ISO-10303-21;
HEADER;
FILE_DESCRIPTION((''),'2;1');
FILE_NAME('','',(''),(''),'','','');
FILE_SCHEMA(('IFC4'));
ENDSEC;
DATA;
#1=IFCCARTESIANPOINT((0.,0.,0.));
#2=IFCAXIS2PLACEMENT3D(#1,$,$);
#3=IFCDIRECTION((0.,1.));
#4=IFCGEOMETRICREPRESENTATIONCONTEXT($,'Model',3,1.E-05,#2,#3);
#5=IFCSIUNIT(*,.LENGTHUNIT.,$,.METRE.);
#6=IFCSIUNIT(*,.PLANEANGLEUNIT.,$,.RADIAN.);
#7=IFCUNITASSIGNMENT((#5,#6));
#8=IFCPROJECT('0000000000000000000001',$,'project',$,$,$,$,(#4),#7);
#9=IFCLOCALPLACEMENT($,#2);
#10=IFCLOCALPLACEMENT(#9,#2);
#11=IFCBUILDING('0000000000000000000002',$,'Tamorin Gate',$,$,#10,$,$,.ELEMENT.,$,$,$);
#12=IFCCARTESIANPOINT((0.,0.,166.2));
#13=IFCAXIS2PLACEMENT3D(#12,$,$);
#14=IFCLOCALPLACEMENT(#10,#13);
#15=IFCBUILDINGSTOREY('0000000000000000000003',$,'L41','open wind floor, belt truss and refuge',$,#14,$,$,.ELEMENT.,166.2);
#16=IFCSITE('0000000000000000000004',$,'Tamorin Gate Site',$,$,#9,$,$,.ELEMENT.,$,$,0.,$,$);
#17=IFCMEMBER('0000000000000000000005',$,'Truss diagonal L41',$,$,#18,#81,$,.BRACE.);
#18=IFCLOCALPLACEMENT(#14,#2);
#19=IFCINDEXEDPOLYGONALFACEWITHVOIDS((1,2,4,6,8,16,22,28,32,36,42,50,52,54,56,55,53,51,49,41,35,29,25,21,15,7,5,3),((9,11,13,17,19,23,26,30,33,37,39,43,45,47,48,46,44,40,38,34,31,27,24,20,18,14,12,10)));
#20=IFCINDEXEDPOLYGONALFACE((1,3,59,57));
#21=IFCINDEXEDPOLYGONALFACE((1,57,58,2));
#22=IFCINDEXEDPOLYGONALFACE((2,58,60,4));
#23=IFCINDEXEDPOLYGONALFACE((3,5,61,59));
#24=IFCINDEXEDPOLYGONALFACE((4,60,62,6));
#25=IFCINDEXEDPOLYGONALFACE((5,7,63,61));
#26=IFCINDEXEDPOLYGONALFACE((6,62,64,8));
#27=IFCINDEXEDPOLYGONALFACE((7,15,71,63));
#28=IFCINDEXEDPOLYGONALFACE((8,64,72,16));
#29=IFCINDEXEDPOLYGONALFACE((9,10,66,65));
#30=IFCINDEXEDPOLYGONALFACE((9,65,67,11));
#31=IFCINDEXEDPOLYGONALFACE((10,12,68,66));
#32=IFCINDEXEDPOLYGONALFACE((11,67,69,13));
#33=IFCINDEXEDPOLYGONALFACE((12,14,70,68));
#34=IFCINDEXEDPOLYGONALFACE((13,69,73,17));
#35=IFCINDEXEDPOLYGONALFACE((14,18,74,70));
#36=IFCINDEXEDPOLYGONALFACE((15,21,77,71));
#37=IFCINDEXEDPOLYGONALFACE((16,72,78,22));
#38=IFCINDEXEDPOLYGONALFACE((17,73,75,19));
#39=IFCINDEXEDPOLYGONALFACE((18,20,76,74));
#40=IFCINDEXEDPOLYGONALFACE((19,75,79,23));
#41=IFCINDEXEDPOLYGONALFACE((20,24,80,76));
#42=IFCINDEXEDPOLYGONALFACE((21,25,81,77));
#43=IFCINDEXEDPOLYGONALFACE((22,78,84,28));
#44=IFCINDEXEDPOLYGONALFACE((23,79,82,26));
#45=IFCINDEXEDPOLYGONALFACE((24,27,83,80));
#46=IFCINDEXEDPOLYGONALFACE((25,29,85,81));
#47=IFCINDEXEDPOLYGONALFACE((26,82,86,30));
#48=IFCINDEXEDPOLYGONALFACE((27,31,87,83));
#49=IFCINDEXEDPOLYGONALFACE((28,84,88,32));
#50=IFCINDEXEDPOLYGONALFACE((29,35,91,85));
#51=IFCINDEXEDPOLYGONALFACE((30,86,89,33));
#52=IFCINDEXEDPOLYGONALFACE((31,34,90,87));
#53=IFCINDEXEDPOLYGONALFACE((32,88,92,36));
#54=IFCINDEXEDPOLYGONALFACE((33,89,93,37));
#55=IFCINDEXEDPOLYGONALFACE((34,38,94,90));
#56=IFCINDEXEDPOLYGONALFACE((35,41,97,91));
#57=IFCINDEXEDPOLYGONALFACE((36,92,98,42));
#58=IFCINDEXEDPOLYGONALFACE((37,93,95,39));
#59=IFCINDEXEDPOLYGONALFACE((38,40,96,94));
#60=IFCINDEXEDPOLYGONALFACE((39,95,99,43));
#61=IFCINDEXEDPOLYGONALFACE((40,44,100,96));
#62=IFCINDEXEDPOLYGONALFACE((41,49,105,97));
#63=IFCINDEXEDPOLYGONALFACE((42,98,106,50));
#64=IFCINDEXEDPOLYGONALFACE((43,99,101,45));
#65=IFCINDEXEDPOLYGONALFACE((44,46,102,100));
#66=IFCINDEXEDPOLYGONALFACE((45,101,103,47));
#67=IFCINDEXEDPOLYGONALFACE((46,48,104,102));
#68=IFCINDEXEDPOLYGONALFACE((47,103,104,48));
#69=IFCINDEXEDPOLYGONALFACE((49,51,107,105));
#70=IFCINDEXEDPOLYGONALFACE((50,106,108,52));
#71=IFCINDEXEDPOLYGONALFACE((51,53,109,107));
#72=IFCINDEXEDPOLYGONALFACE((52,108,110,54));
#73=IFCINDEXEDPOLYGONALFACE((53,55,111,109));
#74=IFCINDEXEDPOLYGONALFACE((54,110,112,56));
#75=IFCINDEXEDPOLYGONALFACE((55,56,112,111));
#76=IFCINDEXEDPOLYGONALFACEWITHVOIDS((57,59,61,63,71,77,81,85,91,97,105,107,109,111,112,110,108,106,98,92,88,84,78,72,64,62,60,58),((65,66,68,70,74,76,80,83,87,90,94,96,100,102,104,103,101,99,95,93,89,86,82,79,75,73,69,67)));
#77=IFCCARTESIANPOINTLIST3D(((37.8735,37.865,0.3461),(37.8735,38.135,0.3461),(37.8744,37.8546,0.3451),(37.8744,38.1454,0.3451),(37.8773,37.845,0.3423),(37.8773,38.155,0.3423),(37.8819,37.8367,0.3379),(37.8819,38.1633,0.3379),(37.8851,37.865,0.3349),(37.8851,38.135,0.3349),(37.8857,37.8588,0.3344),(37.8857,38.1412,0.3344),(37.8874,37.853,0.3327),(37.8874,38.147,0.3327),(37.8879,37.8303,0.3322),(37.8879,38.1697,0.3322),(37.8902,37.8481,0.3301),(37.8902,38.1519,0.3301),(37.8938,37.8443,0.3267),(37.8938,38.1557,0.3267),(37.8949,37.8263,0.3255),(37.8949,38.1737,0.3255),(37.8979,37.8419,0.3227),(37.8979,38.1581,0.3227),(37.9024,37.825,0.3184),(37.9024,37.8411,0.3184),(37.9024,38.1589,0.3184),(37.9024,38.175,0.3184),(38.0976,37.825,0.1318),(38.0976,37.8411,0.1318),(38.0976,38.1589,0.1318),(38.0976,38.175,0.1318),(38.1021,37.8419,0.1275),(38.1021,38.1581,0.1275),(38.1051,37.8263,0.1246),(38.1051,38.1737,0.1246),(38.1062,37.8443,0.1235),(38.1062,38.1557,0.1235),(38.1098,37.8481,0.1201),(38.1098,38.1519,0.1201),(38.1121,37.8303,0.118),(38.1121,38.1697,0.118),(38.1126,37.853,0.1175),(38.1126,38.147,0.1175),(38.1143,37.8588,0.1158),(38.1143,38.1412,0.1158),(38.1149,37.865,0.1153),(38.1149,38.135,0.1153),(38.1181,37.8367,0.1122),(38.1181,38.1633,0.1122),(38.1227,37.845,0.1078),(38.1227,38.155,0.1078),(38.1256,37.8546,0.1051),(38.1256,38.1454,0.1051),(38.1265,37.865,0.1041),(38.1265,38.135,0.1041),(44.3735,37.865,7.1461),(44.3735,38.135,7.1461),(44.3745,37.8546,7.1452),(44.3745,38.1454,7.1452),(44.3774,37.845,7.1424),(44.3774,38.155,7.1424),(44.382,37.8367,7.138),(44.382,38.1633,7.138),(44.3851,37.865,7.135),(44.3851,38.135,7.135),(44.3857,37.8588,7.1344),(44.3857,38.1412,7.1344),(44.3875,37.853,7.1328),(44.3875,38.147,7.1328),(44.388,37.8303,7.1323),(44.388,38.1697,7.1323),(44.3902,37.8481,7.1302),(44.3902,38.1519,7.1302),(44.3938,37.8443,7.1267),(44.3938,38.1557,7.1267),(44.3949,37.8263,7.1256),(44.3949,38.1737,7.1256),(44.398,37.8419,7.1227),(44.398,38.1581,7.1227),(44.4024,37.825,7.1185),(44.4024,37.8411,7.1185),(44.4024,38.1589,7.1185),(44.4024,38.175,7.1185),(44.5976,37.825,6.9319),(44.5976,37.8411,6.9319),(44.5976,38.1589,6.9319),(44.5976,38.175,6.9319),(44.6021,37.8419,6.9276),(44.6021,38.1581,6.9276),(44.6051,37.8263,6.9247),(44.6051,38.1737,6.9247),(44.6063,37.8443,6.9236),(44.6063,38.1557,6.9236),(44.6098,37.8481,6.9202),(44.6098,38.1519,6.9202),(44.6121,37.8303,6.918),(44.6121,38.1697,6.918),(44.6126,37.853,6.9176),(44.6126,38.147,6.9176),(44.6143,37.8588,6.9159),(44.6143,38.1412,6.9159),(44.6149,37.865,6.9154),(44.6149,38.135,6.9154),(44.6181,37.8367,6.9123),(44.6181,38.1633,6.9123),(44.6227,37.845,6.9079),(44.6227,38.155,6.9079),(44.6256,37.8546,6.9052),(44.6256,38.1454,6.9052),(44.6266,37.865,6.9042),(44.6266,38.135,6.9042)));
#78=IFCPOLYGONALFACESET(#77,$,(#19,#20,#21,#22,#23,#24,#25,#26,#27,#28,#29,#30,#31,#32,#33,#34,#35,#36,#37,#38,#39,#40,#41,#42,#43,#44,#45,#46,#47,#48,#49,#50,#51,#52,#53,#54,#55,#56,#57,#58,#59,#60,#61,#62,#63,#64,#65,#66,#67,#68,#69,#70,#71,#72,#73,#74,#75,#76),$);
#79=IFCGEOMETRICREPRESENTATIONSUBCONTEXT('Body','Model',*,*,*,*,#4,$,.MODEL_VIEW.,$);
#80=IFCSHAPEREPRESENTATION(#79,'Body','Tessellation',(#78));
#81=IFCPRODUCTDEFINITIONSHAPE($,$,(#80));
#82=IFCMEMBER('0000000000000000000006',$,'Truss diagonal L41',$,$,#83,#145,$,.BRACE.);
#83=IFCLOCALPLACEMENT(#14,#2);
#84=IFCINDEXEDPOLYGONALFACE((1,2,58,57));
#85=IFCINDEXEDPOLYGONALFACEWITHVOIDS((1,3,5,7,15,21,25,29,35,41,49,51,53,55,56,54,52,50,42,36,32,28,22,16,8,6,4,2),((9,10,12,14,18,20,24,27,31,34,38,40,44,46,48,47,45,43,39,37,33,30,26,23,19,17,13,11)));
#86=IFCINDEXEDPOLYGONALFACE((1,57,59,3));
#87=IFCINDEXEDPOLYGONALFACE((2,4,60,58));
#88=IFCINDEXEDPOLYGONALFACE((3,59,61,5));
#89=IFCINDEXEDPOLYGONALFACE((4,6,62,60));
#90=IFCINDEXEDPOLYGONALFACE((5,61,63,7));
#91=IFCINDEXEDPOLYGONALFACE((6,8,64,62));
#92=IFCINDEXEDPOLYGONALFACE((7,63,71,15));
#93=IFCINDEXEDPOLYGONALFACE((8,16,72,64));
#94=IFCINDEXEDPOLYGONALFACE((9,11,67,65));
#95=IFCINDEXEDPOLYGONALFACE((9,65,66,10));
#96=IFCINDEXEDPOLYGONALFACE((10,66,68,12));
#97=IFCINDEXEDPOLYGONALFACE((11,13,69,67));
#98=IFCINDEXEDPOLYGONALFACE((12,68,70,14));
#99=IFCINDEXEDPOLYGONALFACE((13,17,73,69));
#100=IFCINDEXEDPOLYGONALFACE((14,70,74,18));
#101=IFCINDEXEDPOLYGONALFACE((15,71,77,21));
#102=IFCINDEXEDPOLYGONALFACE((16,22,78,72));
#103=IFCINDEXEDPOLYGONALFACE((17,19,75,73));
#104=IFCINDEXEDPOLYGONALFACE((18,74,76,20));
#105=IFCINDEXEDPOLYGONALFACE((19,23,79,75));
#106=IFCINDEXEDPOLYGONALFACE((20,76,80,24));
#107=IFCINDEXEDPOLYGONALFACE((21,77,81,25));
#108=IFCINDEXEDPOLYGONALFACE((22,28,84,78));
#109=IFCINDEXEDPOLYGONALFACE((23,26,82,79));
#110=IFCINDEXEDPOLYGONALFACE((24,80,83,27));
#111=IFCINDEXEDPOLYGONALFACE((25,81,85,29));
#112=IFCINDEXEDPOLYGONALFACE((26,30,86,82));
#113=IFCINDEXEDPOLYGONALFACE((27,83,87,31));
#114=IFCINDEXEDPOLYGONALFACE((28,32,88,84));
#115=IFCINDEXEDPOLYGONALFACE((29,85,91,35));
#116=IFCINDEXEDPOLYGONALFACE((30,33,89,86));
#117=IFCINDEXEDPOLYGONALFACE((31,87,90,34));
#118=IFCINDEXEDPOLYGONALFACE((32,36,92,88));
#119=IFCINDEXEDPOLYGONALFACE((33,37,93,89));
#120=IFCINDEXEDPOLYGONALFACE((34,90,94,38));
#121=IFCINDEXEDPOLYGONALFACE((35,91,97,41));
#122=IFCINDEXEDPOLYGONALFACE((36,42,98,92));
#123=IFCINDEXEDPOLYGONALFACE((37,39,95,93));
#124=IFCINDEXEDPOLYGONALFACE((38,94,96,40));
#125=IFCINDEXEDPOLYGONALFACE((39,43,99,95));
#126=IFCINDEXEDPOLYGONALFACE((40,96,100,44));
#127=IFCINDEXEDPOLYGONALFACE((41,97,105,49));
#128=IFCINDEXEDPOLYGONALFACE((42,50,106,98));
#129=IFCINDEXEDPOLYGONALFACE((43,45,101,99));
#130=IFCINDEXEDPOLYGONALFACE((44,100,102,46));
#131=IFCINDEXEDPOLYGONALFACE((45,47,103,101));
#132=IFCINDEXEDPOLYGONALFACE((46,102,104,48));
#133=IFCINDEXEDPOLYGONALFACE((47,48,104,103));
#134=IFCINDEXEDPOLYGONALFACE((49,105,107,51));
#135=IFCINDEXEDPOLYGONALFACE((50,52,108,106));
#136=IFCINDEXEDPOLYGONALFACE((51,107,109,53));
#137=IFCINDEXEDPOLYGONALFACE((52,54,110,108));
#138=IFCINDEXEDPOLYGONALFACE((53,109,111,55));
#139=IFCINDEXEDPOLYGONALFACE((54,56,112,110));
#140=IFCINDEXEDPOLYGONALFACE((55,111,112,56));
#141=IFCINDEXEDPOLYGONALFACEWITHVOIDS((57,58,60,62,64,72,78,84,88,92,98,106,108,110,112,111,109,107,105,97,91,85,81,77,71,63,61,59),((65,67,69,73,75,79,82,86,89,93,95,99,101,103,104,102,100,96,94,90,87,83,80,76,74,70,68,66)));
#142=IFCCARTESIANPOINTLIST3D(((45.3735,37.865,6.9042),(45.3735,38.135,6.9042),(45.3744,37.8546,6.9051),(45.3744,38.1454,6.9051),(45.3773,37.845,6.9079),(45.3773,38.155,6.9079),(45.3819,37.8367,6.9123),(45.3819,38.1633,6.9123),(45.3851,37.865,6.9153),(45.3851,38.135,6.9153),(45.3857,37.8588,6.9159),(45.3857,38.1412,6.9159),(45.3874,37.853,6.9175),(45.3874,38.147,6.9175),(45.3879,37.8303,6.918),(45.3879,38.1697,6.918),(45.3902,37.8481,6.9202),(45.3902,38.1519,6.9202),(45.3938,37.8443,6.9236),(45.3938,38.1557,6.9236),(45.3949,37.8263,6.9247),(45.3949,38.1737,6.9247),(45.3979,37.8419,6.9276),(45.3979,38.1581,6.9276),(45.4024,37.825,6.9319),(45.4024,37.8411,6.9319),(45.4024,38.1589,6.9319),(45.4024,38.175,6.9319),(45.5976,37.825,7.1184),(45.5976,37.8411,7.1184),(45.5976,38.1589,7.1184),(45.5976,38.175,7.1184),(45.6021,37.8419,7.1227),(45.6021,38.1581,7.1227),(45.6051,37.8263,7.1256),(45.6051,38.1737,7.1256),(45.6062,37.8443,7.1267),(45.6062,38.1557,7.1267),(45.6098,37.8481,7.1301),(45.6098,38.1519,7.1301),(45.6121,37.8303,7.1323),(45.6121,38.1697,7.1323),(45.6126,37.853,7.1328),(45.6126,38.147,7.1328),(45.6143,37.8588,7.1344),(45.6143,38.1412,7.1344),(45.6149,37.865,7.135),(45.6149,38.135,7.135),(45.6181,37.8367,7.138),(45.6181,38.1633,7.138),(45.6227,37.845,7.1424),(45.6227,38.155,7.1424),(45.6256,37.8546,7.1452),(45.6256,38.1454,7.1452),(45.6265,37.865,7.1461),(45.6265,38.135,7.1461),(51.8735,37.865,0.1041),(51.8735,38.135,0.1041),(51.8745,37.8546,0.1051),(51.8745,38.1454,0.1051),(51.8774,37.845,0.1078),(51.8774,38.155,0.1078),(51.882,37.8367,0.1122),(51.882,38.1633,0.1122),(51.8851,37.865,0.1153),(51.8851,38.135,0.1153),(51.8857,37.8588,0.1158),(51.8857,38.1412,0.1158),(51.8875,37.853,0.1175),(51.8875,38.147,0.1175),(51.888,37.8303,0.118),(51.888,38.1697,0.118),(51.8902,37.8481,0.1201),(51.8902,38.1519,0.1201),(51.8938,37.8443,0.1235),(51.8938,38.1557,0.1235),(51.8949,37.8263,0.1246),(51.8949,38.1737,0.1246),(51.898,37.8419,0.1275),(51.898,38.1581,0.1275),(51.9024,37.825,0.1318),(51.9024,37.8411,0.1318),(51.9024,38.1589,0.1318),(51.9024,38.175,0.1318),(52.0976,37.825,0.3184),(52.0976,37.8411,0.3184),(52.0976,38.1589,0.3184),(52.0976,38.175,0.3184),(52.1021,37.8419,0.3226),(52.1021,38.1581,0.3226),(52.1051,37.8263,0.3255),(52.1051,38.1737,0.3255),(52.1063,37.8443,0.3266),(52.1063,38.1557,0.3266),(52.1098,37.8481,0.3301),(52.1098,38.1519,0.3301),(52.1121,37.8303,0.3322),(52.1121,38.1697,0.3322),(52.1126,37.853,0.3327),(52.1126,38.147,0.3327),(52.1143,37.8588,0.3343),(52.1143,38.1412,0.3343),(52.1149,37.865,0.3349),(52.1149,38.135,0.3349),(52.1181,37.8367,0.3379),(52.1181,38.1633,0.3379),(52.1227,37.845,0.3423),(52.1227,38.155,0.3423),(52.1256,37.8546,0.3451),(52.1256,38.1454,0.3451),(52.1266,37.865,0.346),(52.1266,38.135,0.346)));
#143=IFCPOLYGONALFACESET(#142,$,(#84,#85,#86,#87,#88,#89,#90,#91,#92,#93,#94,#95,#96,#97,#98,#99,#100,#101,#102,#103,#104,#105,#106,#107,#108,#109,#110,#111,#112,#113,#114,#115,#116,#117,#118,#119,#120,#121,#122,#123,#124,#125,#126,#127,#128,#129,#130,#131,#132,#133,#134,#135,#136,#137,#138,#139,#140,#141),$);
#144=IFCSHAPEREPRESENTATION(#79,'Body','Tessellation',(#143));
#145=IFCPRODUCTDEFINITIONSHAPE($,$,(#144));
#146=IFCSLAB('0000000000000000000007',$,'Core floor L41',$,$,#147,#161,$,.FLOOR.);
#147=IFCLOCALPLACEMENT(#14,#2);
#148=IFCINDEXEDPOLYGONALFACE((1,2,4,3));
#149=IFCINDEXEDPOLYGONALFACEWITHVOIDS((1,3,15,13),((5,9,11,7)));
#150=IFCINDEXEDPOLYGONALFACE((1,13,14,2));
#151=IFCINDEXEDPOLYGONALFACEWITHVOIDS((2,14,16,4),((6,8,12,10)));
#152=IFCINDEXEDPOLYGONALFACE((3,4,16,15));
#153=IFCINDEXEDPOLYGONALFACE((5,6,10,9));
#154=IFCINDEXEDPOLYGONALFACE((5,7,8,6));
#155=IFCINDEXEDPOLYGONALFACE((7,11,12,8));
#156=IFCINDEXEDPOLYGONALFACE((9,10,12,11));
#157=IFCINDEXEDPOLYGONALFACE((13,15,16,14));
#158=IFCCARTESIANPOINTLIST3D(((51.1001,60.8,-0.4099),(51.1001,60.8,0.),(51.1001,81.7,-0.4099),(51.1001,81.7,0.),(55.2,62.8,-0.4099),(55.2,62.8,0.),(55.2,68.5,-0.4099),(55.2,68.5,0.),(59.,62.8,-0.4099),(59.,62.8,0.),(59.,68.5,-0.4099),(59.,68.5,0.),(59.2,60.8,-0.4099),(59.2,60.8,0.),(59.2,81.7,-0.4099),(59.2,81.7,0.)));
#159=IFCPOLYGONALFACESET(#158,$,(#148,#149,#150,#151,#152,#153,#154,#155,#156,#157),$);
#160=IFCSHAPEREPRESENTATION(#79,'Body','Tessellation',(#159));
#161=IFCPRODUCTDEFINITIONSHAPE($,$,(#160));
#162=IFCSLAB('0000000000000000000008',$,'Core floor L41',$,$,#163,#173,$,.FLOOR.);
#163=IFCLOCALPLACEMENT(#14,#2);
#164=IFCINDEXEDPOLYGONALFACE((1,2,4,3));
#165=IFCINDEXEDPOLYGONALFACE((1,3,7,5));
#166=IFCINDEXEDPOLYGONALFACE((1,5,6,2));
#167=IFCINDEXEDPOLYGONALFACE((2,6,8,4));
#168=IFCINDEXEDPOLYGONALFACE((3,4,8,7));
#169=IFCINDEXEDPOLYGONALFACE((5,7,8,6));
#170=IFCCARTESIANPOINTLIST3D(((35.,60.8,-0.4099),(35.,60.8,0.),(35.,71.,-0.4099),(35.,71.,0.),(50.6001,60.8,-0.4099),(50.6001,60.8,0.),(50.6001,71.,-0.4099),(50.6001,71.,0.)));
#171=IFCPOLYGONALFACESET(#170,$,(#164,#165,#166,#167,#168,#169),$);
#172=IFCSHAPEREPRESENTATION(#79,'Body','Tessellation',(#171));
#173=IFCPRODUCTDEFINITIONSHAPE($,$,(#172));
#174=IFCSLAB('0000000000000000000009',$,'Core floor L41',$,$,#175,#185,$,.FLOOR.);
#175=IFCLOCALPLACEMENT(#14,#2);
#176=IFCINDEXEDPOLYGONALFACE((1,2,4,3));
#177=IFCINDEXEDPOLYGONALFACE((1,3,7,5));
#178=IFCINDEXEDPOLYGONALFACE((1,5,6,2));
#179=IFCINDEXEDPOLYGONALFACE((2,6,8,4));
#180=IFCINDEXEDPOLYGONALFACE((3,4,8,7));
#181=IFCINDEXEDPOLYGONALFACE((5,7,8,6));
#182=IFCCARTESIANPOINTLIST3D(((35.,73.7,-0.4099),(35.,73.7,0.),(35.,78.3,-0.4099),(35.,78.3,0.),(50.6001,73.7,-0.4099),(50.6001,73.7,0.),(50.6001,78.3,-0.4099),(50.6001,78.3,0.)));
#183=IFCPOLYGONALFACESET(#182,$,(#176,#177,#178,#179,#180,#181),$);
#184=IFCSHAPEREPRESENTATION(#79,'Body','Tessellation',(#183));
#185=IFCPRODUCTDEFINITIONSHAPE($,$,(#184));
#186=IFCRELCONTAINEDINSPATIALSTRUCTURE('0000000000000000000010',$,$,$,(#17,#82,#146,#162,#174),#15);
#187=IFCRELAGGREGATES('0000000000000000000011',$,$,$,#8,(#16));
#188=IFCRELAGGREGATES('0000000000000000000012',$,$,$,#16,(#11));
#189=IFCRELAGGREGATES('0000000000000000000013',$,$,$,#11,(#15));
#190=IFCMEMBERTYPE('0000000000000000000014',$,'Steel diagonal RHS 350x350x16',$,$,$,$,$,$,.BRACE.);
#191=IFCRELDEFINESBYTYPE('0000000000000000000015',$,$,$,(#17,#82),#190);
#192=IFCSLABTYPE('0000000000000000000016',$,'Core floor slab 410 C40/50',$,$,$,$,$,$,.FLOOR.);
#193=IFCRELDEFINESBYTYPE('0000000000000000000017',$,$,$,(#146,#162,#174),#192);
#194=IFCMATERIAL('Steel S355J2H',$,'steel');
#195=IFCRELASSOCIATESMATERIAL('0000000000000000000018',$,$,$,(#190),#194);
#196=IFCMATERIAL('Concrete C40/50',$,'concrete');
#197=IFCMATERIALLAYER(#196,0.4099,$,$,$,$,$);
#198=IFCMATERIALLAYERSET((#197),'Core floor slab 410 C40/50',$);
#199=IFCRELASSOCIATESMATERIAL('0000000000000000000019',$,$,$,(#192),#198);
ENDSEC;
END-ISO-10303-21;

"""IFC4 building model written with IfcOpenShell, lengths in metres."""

from ifc_helpers import new_model, si_unit, direction, frame, origin, origin_2d, place, context, subcontext, project, spatial, polyline, hollow_rectangle, outline, extrude, material, layer, layer_set, material_profile, profile_set, type_object, element, save


model = new_model("IFC4")

# Units and contexts
model_context = context("Model", 3, precision=1e-05, world=origin(), true_north=direction((0.0, 1.0)))
body_context = subcontext(model_context, "Body", "Model", "MODEL_VIEW")
ifc_project = project(units=[si_unit("LENGTHUNIT", "METRE"), si_unit("PLANEANGLEUNIT", "RADIAN")], contexts=[model_context])

# Site, building, storey
site_placement = place(None, origin())
site = spatial("IfcSite", under=ifc_project, at=site_placement, Name="Tamorin Gate Site", CompositionType="ELEMENT", RefElevation=0.0)
building_placement = place(site_placement, origin())
building = spatial("IfcBuilding", under=site, at=building_placement, Name="Tamorin Gate", CompositionType="ELEMENT")
storey_placement = place(building_placement, frame((0.0, 0.0, 166.2)))
storey = spatial("IfcBuildingStorey", under=building, at=storey_placement, Name="L41", Description="open wind floor, belt truss and refuge", CompositionType="ELEMENT", Elevation=166.2)

# Members
ifc_material_1 = material(Name="Steel S355J2H", Category="steel")
ifc_material_profile_1 = material_profile(ifc_material_1, hollow_rectangle(XDim=0.3501, YDim=0.3501, WallThickness=0.0161, InnerFilletRadius=0.0239, OuterFilletRadius=0.04, at=origin_2d()), Name="RHS 350x350x16")
ifc_profile_set_1 = profile_set([ifc_material_profile_1], Name="Steel S355J2H")
member_type_1 = type_object("IfcMemberType", Name="Steel diagonal RHS 350x350x16", PredefinedType="BRACE", material=ifc_profile_set_1)
for number, where, z_axis, x_axis, name in (
    (1, (38.0, 38.0, 0.2251), (0.690979, 0.0, 0.722875), (0.0, 1.0, 0.0), "Truss diagonal L41"),
    (2, (45.5, 38.0, 7.0251), (0.690979, 0.0, -0.722875), (0.0, 1.0, 0.0), "Truss diagonal L41"),
):
    element("IfcMember", number, at=place(storey_placement, frame(where, z_axis=z_axis, x_axis=x_axis)), inside=storey, type_object=member_type_1, Name=name, PredefinedType="BRACE", context=body_context, shape_type="SweptSolid", body=[
        extrude(hollow_rectangle(XDim=0.3501, YDim=0.3501, WallThickness=0.0161, InnerFilletRadius=0.0239, OuterFilletRadius=0.04, at=origin_2d()), origin(), (0.0, 0.0, 1.0), 9.407),
    ])

# Slabs
ifc_material_2 = material(Name="Concrete C40/50", Category="concrete")
ifc_layer_1 = layer(ifc_material_2, 0.4099)
ifc_layer_set_1 = layer_set([ifc_layer_1], Name="Core floor slab 410 C40/50")
slab_type_1 = type_object("IfcSlabType", Name="Core floor slab 410 C40/50", PredefinedType="FLOOR", material=ifc_layer_set_1)
slab_1_placement = place(storey_placement, frame((0.0, 0.0, -0.4099)))
element("IfcSlab", 3, at=slab_1_placement, inside=storey, type_object=slab_type_1, Name="Core floor L41", PredefinedType="FLOOR", context=body_context, shape_type="SweptSolid", body=[
    extrude(outline(polyline([(51.1001, 81.7), (59.2, 81.7), (59.2, 60.8), (51.1001, 60.8), (51.1001, 81.7)]), holes=[polyline([(55.2, 62.8), (59.0, 62.8), (59.0, 68.5), (55.2, 68.5), (55.2, 62.8)])]), origin(), (0.0, 0.0, 1.0), 0.4099),
])
slab_2_placement = place(storey_placement, frame((0.0, 0.0, -0.4099)))
element("IfcSlab", 4, at=slab_2_placement, inside=storey, type_object=slab_type_1, Name="Core floor L41", PredefinedType="FLOOR", context=body_context, shape_type="SweptSolid", body=[
    extrude(outline(polyline([(50.6001, 71.0), (50.6001, 60.8), (35.0, 60.8), (35.0, 71.0), (50.6001, 71.0)])), origin(), (0.0, 0.0, 1.0), 0.4099),
])
slab_3_placement = place(storey_placement, frame((0.0, 0.0, -0.4099)))
element("IfcSlab", 5, at=slab_3_placement, inside=storey, type_object=slab_type_1, Name="Core floor L41", PredefinedType="FLOOR", context=body_context, shape_type="SweptSolid", body=[
    extrude(outline(polyline([(50.6001, 73.7), (35.0, 73.7), (35.0, 78.3), (50.6001, 78.3), (50.6001, 73.7)])), origin(), (0.0, 0.0, 1.0), 0.4099),
])

save(model, "model.ifc")
